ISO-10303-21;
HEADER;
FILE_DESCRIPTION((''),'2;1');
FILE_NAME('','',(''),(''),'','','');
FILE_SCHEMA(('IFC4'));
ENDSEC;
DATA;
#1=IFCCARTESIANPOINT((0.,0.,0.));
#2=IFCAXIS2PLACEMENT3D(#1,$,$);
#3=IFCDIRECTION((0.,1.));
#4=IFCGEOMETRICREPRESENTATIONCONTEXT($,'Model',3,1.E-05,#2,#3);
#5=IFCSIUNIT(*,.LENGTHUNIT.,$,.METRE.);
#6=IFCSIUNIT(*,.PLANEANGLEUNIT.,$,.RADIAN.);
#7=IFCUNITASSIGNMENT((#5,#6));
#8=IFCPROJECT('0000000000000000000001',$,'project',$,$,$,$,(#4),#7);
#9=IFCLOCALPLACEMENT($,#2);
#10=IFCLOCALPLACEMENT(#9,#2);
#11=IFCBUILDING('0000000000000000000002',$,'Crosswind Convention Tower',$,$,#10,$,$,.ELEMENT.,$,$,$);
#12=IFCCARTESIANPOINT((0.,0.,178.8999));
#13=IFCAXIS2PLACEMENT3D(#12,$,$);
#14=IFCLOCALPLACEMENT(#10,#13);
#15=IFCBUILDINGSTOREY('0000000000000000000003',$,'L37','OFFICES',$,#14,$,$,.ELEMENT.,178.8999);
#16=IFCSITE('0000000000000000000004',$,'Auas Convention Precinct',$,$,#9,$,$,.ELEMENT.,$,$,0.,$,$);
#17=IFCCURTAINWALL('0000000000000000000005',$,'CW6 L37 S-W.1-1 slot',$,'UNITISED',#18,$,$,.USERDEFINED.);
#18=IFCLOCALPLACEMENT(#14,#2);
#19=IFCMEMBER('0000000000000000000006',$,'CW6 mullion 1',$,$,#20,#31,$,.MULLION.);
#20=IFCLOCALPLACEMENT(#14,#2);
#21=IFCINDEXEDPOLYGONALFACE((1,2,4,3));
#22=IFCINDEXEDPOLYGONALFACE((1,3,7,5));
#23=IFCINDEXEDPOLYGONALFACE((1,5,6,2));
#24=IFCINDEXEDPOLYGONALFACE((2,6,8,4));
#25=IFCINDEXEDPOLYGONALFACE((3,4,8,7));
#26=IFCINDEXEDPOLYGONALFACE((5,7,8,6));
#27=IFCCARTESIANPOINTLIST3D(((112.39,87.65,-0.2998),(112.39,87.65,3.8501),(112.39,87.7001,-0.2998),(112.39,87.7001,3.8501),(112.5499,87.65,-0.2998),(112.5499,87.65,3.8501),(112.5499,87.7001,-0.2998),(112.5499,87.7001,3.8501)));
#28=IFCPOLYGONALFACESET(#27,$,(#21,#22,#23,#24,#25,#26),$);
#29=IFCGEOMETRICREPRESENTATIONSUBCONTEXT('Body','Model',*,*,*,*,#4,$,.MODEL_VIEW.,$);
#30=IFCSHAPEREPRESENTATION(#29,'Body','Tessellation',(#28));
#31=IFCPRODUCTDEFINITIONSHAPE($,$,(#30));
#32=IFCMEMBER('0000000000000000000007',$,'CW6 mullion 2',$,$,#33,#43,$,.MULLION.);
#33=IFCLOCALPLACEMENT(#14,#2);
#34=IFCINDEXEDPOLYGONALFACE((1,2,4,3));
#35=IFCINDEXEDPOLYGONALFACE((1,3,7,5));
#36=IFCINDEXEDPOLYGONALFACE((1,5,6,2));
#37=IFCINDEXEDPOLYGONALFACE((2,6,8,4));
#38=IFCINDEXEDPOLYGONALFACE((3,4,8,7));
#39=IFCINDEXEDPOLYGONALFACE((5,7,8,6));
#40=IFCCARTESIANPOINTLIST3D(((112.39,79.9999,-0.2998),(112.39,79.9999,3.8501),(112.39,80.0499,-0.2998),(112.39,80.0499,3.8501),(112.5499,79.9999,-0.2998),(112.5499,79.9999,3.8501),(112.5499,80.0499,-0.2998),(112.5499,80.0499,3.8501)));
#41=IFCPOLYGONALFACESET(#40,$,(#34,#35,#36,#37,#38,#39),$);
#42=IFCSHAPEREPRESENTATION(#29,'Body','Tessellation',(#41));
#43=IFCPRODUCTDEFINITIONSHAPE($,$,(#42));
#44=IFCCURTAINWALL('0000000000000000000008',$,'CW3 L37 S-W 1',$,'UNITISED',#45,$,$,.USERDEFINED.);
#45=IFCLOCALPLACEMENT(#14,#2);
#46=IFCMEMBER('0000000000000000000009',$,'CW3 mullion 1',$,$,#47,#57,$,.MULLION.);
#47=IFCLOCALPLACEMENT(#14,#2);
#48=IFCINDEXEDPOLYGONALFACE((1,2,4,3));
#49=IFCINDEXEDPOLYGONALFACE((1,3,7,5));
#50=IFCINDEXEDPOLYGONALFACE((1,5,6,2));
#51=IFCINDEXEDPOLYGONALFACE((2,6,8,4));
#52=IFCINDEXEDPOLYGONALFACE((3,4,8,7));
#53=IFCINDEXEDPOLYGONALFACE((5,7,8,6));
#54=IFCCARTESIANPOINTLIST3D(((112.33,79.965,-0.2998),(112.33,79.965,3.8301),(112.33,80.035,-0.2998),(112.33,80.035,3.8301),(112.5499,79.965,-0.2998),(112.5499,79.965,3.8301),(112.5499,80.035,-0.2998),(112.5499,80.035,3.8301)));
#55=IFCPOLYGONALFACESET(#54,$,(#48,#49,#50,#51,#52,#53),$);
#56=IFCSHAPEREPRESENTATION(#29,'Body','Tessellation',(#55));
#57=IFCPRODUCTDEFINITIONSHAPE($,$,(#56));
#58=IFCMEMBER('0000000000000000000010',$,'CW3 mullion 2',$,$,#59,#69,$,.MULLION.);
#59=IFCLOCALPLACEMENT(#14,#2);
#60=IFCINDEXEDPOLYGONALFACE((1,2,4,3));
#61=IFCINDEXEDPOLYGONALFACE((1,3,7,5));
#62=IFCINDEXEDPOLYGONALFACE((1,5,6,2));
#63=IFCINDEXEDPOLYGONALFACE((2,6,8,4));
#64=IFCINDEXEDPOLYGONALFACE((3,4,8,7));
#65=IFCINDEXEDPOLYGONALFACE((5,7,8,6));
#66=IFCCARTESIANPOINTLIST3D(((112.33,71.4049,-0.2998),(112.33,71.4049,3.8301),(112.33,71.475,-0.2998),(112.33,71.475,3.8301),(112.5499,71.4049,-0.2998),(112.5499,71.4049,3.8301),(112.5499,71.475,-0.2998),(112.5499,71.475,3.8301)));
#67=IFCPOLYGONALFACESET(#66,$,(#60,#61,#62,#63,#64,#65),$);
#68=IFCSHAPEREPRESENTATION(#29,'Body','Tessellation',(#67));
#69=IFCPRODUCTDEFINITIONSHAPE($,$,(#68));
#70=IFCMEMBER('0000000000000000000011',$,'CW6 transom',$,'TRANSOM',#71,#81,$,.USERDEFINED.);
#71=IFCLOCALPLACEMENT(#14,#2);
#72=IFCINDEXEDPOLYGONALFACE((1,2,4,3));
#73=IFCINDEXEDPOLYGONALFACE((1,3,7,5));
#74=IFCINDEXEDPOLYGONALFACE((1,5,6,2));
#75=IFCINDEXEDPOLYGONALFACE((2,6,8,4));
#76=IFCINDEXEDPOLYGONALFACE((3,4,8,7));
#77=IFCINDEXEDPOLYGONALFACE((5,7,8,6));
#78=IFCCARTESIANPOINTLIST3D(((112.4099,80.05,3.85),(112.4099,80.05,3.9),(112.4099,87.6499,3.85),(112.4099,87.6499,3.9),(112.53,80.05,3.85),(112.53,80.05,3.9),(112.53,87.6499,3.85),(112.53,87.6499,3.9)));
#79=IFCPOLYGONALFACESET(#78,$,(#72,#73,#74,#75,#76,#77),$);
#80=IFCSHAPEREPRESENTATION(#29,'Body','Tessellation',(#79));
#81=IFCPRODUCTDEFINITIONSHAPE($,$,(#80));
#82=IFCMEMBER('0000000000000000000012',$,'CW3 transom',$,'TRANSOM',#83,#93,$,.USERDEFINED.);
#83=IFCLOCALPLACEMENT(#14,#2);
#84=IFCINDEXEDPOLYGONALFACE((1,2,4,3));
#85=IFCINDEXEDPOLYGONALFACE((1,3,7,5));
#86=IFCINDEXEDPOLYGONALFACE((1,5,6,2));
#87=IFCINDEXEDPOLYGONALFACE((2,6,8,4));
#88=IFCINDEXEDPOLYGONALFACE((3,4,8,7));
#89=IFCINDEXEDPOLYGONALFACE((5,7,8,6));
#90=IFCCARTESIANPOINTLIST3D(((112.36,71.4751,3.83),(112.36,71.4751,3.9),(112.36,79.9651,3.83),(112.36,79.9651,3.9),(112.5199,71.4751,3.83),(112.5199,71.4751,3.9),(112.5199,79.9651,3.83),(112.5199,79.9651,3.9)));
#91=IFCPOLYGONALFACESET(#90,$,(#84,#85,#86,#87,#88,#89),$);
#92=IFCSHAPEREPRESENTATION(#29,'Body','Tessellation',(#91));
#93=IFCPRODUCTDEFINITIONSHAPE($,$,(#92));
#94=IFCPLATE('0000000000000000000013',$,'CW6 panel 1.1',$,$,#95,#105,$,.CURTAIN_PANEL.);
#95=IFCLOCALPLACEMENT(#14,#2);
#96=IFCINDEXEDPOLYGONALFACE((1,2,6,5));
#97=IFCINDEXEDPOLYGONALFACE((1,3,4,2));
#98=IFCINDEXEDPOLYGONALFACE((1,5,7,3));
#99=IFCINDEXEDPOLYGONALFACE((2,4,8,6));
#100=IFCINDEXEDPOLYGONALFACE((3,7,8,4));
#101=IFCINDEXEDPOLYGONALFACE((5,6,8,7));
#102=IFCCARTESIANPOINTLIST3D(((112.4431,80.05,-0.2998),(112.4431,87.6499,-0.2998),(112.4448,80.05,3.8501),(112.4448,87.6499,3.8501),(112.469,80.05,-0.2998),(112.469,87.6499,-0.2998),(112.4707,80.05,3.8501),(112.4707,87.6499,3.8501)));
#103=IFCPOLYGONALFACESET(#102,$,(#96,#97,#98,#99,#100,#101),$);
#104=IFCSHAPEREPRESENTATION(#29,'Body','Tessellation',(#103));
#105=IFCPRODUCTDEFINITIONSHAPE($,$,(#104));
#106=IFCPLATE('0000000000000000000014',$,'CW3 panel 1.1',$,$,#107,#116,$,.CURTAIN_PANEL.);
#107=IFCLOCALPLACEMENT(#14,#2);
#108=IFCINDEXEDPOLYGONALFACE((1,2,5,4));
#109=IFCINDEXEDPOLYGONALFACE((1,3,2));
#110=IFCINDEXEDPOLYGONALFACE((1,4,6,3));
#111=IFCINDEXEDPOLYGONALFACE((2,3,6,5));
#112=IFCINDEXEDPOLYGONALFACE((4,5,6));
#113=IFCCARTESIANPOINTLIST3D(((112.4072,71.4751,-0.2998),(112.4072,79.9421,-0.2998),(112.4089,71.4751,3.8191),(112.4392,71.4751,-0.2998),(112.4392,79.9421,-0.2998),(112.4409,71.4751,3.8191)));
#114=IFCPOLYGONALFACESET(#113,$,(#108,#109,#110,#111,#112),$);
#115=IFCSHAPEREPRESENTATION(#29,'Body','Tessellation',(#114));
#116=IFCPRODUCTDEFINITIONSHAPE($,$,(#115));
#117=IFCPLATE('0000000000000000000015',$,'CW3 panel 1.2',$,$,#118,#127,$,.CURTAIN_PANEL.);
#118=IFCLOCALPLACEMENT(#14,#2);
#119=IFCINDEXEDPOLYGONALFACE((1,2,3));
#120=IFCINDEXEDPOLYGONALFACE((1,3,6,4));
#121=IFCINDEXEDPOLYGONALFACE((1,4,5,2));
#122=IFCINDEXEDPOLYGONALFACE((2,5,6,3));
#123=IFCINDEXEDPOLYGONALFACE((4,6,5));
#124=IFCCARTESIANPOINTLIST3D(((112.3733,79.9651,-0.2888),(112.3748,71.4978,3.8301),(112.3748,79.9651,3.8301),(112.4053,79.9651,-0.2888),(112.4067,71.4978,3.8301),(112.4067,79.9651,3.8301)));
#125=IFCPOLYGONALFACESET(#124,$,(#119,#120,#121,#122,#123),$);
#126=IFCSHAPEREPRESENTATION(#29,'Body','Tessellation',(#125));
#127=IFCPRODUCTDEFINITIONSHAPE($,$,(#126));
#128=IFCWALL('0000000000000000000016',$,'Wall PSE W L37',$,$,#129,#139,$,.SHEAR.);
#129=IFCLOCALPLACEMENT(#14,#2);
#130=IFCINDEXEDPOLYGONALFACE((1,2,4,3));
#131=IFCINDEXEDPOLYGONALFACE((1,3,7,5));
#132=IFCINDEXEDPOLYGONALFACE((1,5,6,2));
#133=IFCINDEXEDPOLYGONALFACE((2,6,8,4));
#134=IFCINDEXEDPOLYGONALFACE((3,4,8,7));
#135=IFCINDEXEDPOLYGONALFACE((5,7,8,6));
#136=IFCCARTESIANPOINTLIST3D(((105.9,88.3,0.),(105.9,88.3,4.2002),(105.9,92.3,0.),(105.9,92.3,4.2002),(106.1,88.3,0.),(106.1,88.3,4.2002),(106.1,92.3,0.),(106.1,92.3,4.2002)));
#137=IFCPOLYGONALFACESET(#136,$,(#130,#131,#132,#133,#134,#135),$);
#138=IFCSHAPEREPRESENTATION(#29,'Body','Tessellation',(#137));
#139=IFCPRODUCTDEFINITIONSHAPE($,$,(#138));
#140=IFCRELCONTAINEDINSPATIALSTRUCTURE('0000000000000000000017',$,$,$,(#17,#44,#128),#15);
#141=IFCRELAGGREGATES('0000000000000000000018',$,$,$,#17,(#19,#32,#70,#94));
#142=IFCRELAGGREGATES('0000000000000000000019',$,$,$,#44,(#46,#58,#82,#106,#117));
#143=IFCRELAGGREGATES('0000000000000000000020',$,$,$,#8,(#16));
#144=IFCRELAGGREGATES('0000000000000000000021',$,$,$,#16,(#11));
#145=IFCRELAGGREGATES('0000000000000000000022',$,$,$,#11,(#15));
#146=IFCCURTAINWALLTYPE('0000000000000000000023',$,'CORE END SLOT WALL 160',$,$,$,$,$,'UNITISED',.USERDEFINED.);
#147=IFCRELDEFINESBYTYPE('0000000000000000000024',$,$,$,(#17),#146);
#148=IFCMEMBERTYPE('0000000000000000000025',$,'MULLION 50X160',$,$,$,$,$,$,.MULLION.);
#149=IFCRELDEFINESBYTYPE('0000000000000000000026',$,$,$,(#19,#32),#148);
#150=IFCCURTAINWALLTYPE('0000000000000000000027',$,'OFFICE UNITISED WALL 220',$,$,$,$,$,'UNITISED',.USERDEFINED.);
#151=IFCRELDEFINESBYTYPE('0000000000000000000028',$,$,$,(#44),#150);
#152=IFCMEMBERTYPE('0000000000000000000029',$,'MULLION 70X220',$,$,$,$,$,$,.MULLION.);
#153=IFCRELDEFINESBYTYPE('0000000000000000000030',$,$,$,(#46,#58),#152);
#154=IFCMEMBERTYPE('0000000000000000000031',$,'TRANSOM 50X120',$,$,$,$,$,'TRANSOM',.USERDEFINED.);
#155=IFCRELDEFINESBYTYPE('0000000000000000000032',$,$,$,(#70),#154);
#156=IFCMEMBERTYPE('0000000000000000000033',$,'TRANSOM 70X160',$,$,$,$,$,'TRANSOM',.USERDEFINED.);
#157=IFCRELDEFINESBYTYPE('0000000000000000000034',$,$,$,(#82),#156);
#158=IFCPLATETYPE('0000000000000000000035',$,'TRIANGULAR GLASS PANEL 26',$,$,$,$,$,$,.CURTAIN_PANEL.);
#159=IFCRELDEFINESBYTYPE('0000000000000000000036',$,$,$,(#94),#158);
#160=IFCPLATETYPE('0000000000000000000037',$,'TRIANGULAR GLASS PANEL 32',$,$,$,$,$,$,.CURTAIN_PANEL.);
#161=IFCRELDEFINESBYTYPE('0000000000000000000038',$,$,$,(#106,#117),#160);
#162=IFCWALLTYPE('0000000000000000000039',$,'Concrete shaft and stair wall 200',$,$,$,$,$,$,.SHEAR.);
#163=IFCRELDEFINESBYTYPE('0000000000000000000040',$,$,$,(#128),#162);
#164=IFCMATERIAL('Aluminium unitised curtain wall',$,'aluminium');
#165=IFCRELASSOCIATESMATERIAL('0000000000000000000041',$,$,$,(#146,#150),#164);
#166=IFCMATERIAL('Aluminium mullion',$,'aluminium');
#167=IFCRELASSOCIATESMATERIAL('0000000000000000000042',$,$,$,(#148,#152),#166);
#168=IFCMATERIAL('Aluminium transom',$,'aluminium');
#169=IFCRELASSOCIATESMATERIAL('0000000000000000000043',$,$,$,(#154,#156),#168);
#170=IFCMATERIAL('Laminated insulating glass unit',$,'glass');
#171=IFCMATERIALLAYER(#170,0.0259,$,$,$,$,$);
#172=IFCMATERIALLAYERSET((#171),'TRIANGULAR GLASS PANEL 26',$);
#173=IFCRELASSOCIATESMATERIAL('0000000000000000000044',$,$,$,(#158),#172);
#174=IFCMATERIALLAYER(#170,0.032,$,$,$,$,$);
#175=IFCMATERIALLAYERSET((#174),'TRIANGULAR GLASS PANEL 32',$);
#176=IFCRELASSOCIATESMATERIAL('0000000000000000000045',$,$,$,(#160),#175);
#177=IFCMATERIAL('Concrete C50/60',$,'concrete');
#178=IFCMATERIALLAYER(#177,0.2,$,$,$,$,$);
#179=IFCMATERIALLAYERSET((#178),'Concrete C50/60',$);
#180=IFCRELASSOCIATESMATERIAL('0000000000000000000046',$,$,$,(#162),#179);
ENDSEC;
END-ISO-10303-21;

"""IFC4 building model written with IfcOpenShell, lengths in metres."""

from ifc_helpers import new_model, si_unit, direction, frame, frame_2d, origin, origin_2d, place, context, subcontext, project, spatial, polyline, rectangle, outline, extrude, material, layer, layer_set, material_profile, profile_set, type_object, element, aggregate, save


model = new_model("IFC4")

# Units and contexts
model_context = context("Model", 3, precision=1e-05, world=origin(), true_north=direction((0.0, 1.0)))
body_context = subcontext(model_context, "Body", "Model", "MODEL_VIEW")
ifc_project = project(units=[si_unit("LENGTHUNIT", "METRE"), si_unit("PLANEANGLEUNIT", "RADIAN")], contexts=[model_context])

# Site, building, storey
site_placement = place(None, origin())
site = spatial("IfcSite", under=ifc_project, at=site_placement, Name="Auas Convention Precinct", CompositionType="ELEMENT", RefElevation=0.0)
building_placement = place(site_placement, origin())
building = spatial("IfcBuilding", under=site, at=building_placement, Name="Crosswind Convention Tower", CompositionType="ELEMENT")
storey_placement = place(building_placement, frame((0.0, 0.0, 178.8999)))
storey = spatial("IfcBuildingStorey", under=building, at=storey_placement, Name="L37", Description="OFFICES", CompositionType="ELEMENT", Elevation=178.8999)

# Curtain walls, members
ifc_material_1 = material(Name="Aluminium unitised curtain wall", Category="aluminium")
curtain_wall_type_1 = type_object("IfcCurtainWallType", Name="CORE END SLOT WALL 160", ElementType="UNITISED", PredefinedType="USERDEFINED", material=ifc_material_1)
curtain_wall_1_placement = place(storey_placement, origin())
curtain_wall_1 = element("IfcCurtainWall", 1, at=curtain_wall_1_placement, inside=storey, type_object=curtain_wall_type_1, Name="CW6 L37 S-W.1-1 slot", ObjectType="UNITISED", PredefinedType="USERDEFINED")
ifc_material_2 = material(Name="Aluminium mullion", Category="aluminium")
ifc_material_profile_1 = material_profile(ifc_material_2, rectangle(XDim=0.1599, YDim=0.05, at=origin_2d()), Name="AL 160X50")
ifc_profile_set_1 = profile_set([ifc_material_profile_1], Name="Aluminium mullion")
member_type_1 = type_object("IfcMemberType", Name="MULLION 50X160", PredefinedType="MULLION", material=ifc_profile_set_1)
member_1_placement = place(storey_placement, frame((112.47, 87.675, -0.2998), z_axis=(0.0, 0.0, 1.0), x_axis=(-1.0, 0.0, 0.0)))
member_1 = element("IfcMember", 2, at=member_1_placement, type_object=member_type_1, Name="CW6 mullion 1", PredefinedType="MULLION", context=body_context, shape_type="SweptSolid", body=[
    extrude(rectangle(XDim=0.1599, YDim=0.05, at=origin_2d()), origin(), (0.0, 0.0, 1.0), 4.1499),
])
member_2_placement = place(storey_placement, frame((112.47, 80.0249, -0.2998), z_axis=(0.0, 0.0, 1.0), x_axis=(-1.0, 0.0, 0.0)))
member_2 = element("IfcMember", 3, at=member_2_placement, type_object=member_type_1, Name="CW6 mullion 2", PredefinedType="MULLION", context=body_context, shape_type="SweptSolid", body=[
    extrude(rectangle(XDim=0.1599, YDim=0.05, at=origin_2d()), origin(), (0.0, 0.0, 1.0), 4.1499),
])
curtain_wall_type_2 = type_object("IfcCurtainWallType", Name="OFFICE UNITISED WALL 220", ElementType="UNITISED", PredefinedType="USERDEFINED", material=ifc_material_1)
curtain_wall_2_placement = place(storey_placement, origin())
curtain_wall_2 = element("IfcCurtainWall", 4, at=curtain_wall_2_placement, inside=storey, type_object=curtain_wall_type_2, Name="CW3 L37 S-W 1", ObjectType="UNITISED", PredefinedType="USERDEFINED")
ifc_material_profile_2 = material_profile(ifc_material_2, rectangle(XDim=0.22, YDim=0.0701, at=origin_2d()), Name="AL 220X70")
ifc_profile_set_2 = profile_set([ifc_material_profile_2], Name="Aluminium mullion")
member_type_2 = type_object("IfcMemberType", Name="MULLION 70X220", PredefinedType="MULLION", material=ifc_profile_set_2)
member_3_placement = place(storey_placement, frame((112.4399, 80.0, -0.2998), z_axis=(0.0, 0.0, 1.0), x_axis=(-1.0, 0.0, 0.0)))
member_3 = element("IfcMember", 5, at=member_3_placement, type_object=member_type_2, Name="CW3 mullion 1", PredefinedType="MULLION", context=body_context, shape_type="SweptSolid", body=[
    extrude(rectangle(XDim=0.22, YDim=0.0701, at=origin_2d()), origin(), (0.0, 0.0, 1.0), 4.1299),
])
member_4_placement = place(storey_placement, frame((112.4399, 71.4399, -0.2998), z_axis=(0.0, 0.0, 1.0), x_axis=(-1.0, 0.0, 0.0)))
member_4 = element("IfcMember", 6, at=member_4_placement, type_object=member_type_2, Name="CW3 mullion 2", PredefinedType="MULLION", context=body_context, shape_type="SweptSolid", body=[
    extrude(rectangle(XDim=0.22, YDim=0.0701, at=origin_2d()), origin(), (0.0, 0.0, 1.0), 4.1299),
])

# Members
ifc_material_3 = material(Name="Aluminium transom", Category="aluminium")
ifc_material_profile_3 = material_profile(ifc_material_3, rectangle(XDim=0.1201, YDim=0.05, at=origin_2d()), Name="AL 120X50")
ifc_profile_set_3 = profile_set([ifc_material_profile_3], Name="Aluminium transom")
member_type_3 = type_object("IfcMemberType", Name="TRANSOM 50X120", ElementType="TRANSOM", PredefinedType="USERDEFINED", material=ifc_profile_set_3)
member_5_placement = place(storey_placement, frame((112.47, 87.6499, 3.875), z_axis=(0.0, -1.0, 0.0), x_axis=(1.0, 0.0, 0.0)))
member_5 = element("IfcMember", 7, at=member_5_placement, type_object=member_type_3, Name="CW6 transom", ObjectType="TRANSOM", PredefinedType="USERDEFINED", context=body_context, shape_type="SweptSolid", body=[
    extrude(rectangle(XDim=0.1201, YDim=0.05, at=origin_2d()), origin(), (0.0, 0.0, 1.0), 7.5999),
])
ifc_material_profile_4 = material_profile(ifc_material_3, rectangle(XDim=0.1599, YDim=0.0701, at=origin_2d()), Name="AL 160X70")
ifc_profile_set_4 = profile_set([ifc_material_profile_4], Name="Aluminium transom")
member_type_4 = type_object("IfcMemberType", Name="TRANSOM 70X160", ElementType="TRANSOM", PredefinedType="USERDEFINED", material=ifc_profile_set_4)
member_6_placement = place(storey_placement, frame((112.4399, 79.9651, 3.865), z_axis=(0.0, -1.0, 0.0), x_axis=(1.0, 0.0, 0.0)))
member_6 = element("IfcMember", 8, at=member_6_placement, type_object=member_type_4, Name="CW3 transom", ObjectType="TRANSOM", PredefinedType="USERDEFINED", context=body_context, shape_type="SweptSolid", body=[
    extrude(rectangle(XDim=0.1599, YDim=0.0701, at=origin_2d()), origin(), (0.0, 0.0, 1.0), 8.49),
])

# Plates
ifc_material_4 = material(Name="Laminated insulating glass unit", Category="glass")
ifc_layer_1 = layer(ifc_material_4, 0.0259)
ifc_layer_set_1 = layer_set([ifc_layer_1], Name="TRIANGULAR GLASS PANEL 26")
plate_type_1 = type_object("IfcPlateType", Name="TRIANGULAR GLASS PANEL 26", PredefinedType="CURTAIN_PANEL", material=ifc_layer_set_1)
plate_1_placement = place(storey_placement, frame((112.4431, 87.6499, -0.2998), z_axis=(-1.0, 0.0, 0.000412), x_axis=(0.0, -1.0, 0.0)))
plate_1 = element("IfcPlate", 9, at=plate_1_placement, type_object=plate_type_1, Name="CW6 panel 1.1", PredefinedType="CURTAIN_PANEL", context=body_context, shape_type="SweptSolid", body=[
    extrude(outline(polyline([(0.0, 0.0), (7.5999, 0.0), (7.5999, 4.1499), (0.0, 4.1499), (0.0, 0.0)])), origin(), (0.0, 0.0, -1.0), 0.0259),
])
aggregate(curtain_wall_1, [member_1, member_2, member_5, plate_1])
ifc_layer_2 = layer(ifc_material_4, 0.032)
ifc_layer_set_2 = layer_set([ifc_layer_2], Name="TRIANGULAR GLASS PANEL 32")
plate_type_2 = type_object("IfcPlateType", Name="TRIANGULAR GLASS PANEL 32", PredefinedType="CURTAIN_PANEL", material=ifc_layer_set_2)
plate_2_placement = place(storey_placement, frame((112.4072, 71.4751, -0.2998), z_axis=(-1.0, 0.0, 0.000415), x_axis=(0.000415, 0.0, 1.0)))
plate_2 = element("IfcPlate", 10, at=plate_2_placement, type_object=plate_type_2, Name="CW3 panel 1.1", PredefinedType="CURTAIN_PANEL", context=body_context, shape_type="SweptSolid", body=[
    extrude(outline(polyline([(0.0, 0.0), (4.1189, 0.0), (0.0, 8.467), (0.0, 0.0)])), origin(), (0.0, 0.0, -1.0), 0.032),
])
plate_3_placement = place(storey_placement, frame((112.3748, 79.9651, 3.8301), z_axis=(-1.0, 0.0, 0.000356), x_axis=(-0.000356, 0.0, -1.0)))
plate_3 = element("IfcPlate", 11, at=plate_3_placement, type_object=plate_type_2, Name="CW3 panel 1.2", PredefinedType="CURTAIN_PANEL", context=body_context, shape_type="SweptSolid", body=[
    extrude(outline(polyline([(0.0, 0.0), (4.1189, 0.0), (0.0, 8.4673), (0.0, 0.0)])), origin(), (0.0, 0.0, -1.0), 0.032),
])

# Wall
ifc_material_5 = material(Name="Concrete C50/60", Category="concrete")
ifc_layer_3 = layer(ifc_material_5, 0.2)
ifc_layer_set_3 = layer_set([ifc_layer_3], Name="Concrete C50/60")
wall_type_1 = type_object("IfcWallType", Name="Concrete shaft and stair wall 200", PredefinedType="SHEAR", material=ifc_layer_set_3)
wall_1_placement = place(storey_placement, frame((106.0, 92.3, 0.0), z_axis=(0.0, 0.0, 1.0), x_axis=(0.0, -1.0, 0.0)))
element("IfcWall", 12, at=wall_1_placement, inside=storey, type_object=wall_type_1, Name="Wall PSE W L37", PredefinedType="SHEAR", context=body_context, shape_type="SweptSolid", body=[
    extrude(rectangle(XDim=4.0, YDim=0.2, at=frame_2d((2.0, 0.0))), origin(), (0.0, 0.0, 1.0), 4.2002),
])

aggregate(curtain_wall_2, [member_3, member_4, member_6, plate_2, plate_3])

save(model, "model.ifc")
